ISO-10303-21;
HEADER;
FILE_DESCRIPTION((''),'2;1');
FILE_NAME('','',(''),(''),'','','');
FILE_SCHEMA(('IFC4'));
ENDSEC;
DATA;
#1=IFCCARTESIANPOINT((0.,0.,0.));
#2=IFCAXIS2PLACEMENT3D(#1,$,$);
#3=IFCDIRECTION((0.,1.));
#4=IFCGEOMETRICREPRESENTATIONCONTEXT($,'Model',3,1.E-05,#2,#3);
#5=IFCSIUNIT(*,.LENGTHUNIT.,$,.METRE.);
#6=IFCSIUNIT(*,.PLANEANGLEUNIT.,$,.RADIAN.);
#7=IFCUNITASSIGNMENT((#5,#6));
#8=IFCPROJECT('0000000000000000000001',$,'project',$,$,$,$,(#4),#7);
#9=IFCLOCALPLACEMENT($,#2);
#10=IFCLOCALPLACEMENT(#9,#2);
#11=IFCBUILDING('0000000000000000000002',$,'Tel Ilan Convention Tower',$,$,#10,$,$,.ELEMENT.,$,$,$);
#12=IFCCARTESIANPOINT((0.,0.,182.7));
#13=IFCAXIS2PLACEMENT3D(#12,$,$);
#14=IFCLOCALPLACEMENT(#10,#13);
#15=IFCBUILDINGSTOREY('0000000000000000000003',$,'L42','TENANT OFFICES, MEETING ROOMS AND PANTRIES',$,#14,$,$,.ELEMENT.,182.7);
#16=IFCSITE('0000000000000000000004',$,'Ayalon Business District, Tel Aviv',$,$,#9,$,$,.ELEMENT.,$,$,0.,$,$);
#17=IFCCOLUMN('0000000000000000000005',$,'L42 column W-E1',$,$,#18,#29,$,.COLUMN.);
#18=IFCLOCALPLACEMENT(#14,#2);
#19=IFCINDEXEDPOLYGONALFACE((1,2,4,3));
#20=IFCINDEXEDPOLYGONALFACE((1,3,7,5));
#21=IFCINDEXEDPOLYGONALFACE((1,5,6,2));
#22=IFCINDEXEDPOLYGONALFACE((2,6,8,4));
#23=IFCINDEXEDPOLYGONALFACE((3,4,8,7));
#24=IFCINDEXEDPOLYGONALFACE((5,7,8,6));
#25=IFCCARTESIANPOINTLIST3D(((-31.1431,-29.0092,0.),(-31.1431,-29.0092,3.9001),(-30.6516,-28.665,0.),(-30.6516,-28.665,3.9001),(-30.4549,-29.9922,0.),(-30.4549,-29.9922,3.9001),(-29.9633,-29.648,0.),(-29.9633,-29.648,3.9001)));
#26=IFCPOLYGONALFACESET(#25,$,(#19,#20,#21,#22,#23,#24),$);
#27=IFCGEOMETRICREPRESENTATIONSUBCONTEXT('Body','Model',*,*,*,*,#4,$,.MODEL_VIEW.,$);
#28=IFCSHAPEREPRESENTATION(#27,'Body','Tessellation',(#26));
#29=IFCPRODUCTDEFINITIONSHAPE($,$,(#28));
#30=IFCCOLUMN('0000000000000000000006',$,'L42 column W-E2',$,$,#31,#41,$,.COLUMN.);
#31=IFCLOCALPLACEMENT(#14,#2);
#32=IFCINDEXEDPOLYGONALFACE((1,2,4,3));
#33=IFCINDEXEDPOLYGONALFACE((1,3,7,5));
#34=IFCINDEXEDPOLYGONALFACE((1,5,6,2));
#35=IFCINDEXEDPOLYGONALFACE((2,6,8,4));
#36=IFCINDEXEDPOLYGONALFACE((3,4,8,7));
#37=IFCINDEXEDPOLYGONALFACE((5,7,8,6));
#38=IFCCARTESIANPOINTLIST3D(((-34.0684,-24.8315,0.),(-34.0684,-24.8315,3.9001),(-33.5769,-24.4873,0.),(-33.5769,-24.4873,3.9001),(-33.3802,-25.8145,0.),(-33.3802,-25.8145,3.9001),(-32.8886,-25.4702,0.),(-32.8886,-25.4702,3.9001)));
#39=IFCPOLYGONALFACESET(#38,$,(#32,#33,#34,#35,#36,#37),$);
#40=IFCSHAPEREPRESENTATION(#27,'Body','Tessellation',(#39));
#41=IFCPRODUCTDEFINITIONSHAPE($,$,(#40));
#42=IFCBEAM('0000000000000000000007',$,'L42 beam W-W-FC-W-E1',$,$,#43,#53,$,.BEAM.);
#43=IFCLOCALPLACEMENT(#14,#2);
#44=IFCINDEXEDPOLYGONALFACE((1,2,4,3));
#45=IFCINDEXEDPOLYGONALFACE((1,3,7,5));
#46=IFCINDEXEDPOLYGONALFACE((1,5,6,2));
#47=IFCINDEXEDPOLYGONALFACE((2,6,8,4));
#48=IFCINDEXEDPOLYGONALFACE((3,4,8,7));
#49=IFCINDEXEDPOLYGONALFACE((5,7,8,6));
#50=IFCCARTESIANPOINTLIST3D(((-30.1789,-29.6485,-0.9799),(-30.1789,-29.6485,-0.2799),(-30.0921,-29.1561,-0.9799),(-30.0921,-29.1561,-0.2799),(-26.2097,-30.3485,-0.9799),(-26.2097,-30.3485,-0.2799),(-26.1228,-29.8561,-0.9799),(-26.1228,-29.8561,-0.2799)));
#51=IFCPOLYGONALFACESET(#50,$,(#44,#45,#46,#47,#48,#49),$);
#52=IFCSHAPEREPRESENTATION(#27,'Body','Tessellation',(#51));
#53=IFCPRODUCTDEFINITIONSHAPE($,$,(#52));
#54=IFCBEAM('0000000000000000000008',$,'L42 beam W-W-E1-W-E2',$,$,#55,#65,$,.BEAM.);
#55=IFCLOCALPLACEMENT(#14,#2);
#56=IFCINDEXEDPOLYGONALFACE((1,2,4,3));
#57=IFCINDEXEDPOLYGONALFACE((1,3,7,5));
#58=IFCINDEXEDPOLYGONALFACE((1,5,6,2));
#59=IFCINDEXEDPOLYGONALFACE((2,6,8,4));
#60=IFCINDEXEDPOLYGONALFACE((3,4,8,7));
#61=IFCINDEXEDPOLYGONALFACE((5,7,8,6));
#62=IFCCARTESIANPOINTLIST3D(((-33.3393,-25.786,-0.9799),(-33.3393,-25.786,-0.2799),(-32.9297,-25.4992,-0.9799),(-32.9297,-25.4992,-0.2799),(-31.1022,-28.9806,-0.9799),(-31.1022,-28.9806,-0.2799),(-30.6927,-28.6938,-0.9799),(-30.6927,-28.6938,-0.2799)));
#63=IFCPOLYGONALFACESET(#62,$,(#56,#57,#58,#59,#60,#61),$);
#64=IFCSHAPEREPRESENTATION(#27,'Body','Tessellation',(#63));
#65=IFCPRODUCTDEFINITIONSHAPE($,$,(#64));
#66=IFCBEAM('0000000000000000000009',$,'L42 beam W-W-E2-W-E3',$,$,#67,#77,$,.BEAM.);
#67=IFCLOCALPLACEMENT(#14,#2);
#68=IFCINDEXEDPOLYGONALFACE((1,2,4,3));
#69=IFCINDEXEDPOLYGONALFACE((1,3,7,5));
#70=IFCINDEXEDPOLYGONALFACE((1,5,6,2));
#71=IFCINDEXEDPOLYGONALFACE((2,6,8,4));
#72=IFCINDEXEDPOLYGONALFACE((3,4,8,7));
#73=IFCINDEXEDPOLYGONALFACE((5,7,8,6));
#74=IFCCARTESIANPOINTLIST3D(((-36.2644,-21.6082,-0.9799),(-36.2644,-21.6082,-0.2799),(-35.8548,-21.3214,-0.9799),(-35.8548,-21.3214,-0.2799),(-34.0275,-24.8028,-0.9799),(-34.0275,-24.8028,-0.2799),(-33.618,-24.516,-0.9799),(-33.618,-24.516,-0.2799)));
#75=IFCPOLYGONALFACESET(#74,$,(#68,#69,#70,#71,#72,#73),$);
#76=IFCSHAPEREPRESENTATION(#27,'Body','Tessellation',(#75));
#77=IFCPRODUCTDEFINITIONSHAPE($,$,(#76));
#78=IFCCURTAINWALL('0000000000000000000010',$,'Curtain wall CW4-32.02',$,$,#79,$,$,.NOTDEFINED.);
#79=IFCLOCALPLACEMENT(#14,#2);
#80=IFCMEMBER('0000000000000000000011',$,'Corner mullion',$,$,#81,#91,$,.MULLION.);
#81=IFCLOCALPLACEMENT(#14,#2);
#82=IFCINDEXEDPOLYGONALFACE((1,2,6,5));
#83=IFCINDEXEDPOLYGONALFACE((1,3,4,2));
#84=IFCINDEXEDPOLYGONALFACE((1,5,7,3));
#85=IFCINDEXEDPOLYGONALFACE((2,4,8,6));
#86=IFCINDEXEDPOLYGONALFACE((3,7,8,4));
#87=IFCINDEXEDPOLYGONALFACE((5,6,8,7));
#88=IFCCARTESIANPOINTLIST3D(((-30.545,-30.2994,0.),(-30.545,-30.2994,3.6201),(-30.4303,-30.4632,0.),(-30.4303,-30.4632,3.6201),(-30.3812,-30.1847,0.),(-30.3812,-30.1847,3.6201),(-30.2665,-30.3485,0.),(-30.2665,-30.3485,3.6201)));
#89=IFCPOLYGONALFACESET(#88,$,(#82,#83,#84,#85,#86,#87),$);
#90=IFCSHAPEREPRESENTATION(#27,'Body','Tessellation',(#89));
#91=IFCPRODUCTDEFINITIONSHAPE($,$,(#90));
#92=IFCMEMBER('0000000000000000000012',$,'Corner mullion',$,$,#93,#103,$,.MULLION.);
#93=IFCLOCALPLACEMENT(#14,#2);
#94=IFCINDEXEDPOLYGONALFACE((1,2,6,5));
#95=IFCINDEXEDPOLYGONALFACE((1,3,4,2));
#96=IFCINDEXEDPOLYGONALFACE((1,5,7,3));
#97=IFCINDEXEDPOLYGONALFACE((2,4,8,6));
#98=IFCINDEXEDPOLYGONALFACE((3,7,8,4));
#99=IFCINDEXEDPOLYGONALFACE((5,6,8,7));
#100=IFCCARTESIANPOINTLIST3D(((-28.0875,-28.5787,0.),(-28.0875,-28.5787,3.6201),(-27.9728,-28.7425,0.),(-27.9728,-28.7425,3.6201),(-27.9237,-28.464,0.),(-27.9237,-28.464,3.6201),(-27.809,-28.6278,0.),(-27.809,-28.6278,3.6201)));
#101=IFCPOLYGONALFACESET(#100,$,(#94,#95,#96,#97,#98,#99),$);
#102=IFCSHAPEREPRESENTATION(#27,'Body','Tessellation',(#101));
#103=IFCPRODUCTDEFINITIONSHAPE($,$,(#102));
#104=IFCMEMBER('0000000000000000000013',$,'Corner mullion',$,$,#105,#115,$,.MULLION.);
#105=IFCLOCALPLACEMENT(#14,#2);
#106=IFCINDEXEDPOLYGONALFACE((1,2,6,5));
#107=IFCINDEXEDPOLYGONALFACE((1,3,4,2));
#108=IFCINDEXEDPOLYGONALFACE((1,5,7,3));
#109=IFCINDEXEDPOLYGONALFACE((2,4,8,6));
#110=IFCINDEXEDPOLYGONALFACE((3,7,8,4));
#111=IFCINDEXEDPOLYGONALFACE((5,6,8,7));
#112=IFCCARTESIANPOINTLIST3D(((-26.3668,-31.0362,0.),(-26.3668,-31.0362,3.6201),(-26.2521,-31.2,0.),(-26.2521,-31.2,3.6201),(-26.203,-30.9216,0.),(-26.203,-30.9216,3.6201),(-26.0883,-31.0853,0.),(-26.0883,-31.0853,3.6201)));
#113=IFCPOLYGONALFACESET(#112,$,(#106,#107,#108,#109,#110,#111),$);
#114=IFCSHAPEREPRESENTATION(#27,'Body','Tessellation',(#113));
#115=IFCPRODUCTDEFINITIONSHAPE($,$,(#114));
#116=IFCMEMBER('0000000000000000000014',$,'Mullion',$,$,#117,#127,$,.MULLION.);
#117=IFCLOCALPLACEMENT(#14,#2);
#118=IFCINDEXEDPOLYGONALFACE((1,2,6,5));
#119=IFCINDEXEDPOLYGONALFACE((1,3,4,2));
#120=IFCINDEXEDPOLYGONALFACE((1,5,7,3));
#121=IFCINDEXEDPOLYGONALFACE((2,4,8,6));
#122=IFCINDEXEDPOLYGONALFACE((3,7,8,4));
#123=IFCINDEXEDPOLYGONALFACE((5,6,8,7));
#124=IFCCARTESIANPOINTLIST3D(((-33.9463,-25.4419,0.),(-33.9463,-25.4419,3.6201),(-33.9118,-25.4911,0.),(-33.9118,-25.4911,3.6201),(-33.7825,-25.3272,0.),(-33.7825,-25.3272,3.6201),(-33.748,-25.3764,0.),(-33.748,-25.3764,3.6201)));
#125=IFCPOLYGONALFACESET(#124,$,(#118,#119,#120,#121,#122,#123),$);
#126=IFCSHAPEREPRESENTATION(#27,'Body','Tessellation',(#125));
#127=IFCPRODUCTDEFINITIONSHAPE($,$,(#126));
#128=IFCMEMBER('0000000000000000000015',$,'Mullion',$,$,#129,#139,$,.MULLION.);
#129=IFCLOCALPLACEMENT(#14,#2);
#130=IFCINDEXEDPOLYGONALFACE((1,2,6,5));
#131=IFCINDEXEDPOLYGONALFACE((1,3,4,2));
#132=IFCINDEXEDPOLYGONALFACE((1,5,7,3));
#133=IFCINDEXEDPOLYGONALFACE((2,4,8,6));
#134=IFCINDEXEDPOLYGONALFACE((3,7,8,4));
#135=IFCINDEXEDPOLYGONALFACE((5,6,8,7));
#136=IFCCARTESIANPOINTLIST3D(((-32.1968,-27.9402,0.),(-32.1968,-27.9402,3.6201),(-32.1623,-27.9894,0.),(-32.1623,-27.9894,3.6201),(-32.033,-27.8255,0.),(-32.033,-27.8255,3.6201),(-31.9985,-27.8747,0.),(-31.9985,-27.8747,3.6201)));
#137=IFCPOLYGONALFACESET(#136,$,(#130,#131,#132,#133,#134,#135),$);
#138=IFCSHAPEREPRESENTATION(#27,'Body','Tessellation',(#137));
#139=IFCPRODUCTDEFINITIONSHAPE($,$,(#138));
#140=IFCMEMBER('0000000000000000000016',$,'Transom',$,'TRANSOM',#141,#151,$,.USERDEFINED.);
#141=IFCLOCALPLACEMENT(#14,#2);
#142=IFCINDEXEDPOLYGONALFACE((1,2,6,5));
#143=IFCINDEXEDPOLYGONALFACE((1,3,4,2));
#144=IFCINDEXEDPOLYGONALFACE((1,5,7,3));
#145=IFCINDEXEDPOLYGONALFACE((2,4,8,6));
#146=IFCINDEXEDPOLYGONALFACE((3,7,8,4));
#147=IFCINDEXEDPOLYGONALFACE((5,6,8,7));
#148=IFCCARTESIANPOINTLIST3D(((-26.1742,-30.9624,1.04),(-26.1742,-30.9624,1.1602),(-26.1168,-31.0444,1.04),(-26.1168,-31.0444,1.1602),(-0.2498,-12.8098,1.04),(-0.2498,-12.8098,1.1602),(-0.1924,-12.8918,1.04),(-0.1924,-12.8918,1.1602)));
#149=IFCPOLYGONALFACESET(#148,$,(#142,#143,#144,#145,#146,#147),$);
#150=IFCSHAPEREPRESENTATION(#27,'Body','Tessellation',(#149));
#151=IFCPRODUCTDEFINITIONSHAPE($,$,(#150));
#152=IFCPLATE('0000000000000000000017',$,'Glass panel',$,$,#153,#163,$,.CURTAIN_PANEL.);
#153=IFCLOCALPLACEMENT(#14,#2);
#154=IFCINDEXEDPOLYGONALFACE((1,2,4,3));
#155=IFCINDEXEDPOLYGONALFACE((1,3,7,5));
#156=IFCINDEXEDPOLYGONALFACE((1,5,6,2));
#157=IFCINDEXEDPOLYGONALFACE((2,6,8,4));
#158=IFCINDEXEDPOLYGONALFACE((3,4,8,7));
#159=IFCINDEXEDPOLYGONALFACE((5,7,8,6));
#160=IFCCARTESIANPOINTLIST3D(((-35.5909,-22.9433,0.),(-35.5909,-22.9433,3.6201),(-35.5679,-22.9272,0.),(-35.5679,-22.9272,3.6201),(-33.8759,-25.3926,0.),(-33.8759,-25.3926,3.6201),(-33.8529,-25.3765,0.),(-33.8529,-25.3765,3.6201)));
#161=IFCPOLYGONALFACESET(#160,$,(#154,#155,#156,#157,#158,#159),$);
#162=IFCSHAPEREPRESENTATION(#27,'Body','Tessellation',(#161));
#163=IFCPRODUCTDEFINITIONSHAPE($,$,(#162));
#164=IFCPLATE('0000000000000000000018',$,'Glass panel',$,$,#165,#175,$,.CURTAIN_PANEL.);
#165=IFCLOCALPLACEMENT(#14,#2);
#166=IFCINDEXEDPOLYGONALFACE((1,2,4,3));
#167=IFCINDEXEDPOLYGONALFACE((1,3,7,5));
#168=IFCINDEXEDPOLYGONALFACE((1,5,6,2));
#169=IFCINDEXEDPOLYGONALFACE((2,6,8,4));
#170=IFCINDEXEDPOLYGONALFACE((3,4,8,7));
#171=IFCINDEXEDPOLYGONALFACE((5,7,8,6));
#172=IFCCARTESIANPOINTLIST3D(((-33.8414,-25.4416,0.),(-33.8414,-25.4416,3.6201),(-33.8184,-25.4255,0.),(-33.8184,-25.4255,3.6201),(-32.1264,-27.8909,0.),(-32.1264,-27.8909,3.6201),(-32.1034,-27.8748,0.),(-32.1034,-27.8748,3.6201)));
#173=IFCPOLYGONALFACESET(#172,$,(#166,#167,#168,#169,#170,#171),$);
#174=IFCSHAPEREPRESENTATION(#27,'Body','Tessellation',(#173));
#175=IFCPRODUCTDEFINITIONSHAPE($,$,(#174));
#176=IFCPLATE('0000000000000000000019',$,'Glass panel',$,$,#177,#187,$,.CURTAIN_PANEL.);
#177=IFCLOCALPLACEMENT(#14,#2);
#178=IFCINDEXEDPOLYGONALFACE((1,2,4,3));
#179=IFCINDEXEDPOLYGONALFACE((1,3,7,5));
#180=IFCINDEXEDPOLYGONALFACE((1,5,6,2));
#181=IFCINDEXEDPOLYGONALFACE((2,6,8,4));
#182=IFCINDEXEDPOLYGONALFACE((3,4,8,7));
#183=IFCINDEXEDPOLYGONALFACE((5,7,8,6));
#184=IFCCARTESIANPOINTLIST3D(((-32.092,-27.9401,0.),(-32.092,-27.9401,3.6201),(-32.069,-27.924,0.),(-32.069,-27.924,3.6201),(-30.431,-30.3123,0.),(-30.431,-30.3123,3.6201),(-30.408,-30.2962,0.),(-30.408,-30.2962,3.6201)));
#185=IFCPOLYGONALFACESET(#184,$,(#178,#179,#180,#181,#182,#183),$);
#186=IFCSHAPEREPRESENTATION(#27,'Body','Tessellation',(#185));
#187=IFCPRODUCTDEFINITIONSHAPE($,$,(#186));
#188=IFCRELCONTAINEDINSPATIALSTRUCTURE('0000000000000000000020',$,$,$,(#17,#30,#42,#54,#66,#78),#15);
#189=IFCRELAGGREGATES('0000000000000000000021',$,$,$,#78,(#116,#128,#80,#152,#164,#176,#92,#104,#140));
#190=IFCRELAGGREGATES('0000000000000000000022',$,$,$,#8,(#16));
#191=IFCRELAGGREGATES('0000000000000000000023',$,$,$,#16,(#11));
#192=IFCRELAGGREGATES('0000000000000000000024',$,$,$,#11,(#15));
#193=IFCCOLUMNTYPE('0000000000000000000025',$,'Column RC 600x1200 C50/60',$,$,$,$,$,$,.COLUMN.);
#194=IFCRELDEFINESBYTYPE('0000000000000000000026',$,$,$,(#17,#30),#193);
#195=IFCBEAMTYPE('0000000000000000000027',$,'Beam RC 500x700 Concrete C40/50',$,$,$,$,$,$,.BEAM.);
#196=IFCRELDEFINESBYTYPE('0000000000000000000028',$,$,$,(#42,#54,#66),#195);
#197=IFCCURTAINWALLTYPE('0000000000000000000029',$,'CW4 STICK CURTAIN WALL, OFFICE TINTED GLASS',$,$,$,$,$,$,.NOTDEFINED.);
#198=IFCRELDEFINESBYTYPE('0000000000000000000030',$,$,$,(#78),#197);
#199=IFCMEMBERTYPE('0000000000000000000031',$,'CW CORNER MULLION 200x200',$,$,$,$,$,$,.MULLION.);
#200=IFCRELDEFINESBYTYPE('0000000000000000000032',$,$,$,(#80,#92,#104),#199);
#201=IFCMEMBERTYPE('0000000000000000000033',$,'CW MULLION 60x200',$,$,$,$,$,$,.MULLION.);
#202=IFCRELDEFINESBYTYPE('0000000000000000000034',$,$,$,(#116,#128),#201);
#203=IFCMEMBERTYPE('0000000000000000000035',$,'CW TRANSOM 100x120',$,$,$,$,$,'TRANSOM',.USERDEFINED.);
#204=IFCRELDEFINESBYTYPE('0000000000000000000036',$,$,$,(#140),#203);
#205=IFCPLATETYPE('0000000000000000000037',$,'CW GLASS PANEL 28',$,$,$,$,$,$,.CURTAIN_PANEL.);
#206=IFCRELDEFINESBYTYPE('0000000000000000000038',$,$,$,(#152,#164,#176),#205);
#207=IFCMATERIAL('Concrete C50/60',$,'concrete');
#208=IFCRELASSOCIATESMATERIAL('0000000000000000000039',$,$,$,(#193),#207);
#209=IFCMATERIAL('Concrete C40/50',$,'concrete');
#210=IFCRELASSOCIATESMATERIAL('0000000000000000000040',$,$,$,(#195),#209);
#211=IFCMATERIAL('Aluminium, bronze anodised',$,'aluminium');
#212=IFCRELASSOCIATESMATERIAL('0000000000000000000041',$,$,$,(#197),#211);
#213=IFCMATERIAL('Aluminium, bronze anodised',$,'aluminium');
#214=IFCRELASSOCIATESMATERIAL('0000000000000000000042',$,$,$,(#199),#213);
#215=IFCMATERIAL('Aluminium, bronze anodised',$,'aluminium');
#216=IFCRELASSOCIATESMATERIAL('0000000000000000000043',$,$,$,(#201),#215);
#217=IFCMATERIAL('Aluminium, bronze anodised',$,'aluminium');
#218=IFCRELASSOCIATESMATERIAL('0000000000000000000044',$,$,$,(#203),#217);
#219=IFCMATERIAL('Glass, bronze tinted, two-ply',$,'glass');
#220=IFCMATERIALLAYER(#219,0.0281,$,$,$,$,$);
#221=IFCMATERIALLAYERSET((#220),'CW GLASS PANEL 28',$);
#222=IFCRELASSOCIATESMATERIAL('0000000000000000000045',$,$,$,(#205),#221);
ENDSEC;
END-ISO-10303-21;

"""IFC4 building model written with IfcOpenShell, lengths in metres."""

from ifc_helpers import new_model, si_unit, direction, frame, origin, origin_2d, place, context, subcontext, project, spatial, rectangle, extrude, material, layer, layer_set, material_profile, profile_set, type_object, element, aggregate, save


model = new_model("IFC4")

# Units and contexts
model_context = context("Model", 3, precision=1e-05, world=origin(), true_north=direction((0.0, 1.0)))
body_context = subcontext(model_context, "Body", "Model", "MODEL_VIEW")
ifc_project = project(units=[si_unit("LENGTHUNIT", "METRE"), si_unit("PLANEANGLEUNIT", "RADIAN")], contexts=[model_context])

# Site, building, storey
site_placement = place(None, origin())
site = spatial("IfcSite", under=ifc_project, at=site_placement, Name="Ayalon Business District, Tel Aviv", CompositionType="ELEMENT", RefElevation=0.0)
building_placement = place(site_placement, origin())
building = spatial("IfcBuilding", under=site, at=building_placement, Name="Tel Ilan Convention Tower", CompositionType="ELEMENT")
storey_placement = place(building_placement, frame((0.0, 0.0, 182.7)))
storey = spatial("IfcBuildingStorey", under=building, at=storey_placement, Name="L42", Description="TENANT OFFICES, MEETING ROOMS AND PANTRIES", CompositionType="ELEMENT", Elevation=182.7)

# Columns
ifc_material_1 = material(Name="Concrete C50/60", Category="concrete")
ifc_material_profile_1 = material_profile(ifc_material_1, rectangle(XDim=1.2, YDim=0.6001, at=origin_2d()), Name="RC 600x1200")
ifc_profile_set_1 = profile_set([ifc_material_profile_1], Name="Concrete C50/60")
column_type = type_object("IfcColumnType", Name="Column RC 600x1200 C50/60", PredefinedType="COLUMN", material=ifc_profile_set_1)
for number, where, z_axis, x_axis, name in (
    (1, (-30.5532, -29.3286, 0.0), (0.0, 0.0, 1.0), (-0.573576, 0.819152, 0.0), "L42 column W-E1"),
    (2, (-33.4785, -25.1509, 0.0), (0.0, 0.0, 1.0), (-0.573576, 0.819152, 0.0), "L42 column W-E2"),
):
    element("IfcColumn", number, at=place(storey_placement, frame(where, z_axis=z_axis, x_axis=x_axis)), inside=storey, type_object=column_type, Name=name, PredefinedType="COLUMN", context=body_context, shape_type="SweptSolid", body=[
        extrude(rectangle(XDim=1.2, YDim=0.6001, at=origin_2d()), origin(), (0.0, 0.0, 1.0), 3.9001),
    ])

# Beams
ifc_material_2 = material(Name="Concrete C40/50", Category="concrete")
ifc_material_profile_2 = material_profile(ifc_material_2, rectangle(XDim=0.5, YDim=0.7, at=origin_2d()), Name="RC 500x700")
ifc_profile_set_2 = profile_set([ifc_material_profile_2], Name="Concrete C40/50")
beam_type = type_object("IfcBeamType", Name="Beam RC 500x700 Concrete C40/50", PredefinedType="BEAM", material=ifc_profile_set_2)
beam_placement = place(storey_placement, frame((-26.1663, -30.1023, -0.6299), z_axis=(-0.984805, 0.173664, 0.0), x_axis=(-0.173664, -0.984805, 0.0)))
element("IfcBeam", 3, at=beam_placement, inside=storey, type_object=beam_type, Name="L42 beam W-W-FC-W-E1", PredefinedType="BEAM", context=body_context, shape_type="SweptSolid", body=[
    extrude(rectangle(XDim=0.5, YDim=0.7, at=origin_2d()), origin(), (0.0, 0.0, 1.0), 4.0305),
])
for number, where, z_axis, x_axis, name in (
    (4, (-30.8975, -28.8372, -0.6299), (-0.573609, 0.819129, 0.0), (-0.819129, -0.573609, 0.0), "L42 beam W-W-E1-W-E2"),
    (5, (-33.8228, -24.6594, -0.6299), (-0.573567, 0.819158, 0.0), (-0.819158, -0.573567, 0.0), "L42 beam W-W-E2-W-E3"),
):
    element("IfcBeam", number, at=place(storey_placement, frame(where, z_axis=z_axis, x_axis=x_axis)), inside=storey, type_object=beam_type, Name=name, PredefinedType="BEAM", context=body_context, shape_type="SweptSolid", body=[
        extrude(rectangle(XDim=0.5, YDim=0.7, at=origin_2d()), origin(), (0.0, 0.0, 1.0), 3.8999),
    ])

# Curtain wall, members, plates
ifc_material_3 = material(Name="Aluminium, bronze anodised", Category="aluminium")
curtain_wall_type = type_object("IfcCurtainWallType", Name="CW4 STICK CURTAIN WALL, OFFICE TINTED GLASS", PredefinedType="NOTDEFINED", material=ifc_material_3)
curtain_wall_placement = place(storey_placement, origin())
curtain_wall = element("IfcCurtainWall", 6, at=curtain_wall_placement, inside=storey, type_object=curtain_wall_type, Name="Curtain wall CW4-32.02", PredefinedType="NOTDEFINED")
ifc_material_4 = material(Name="Aluminium, bronze anodised", Category="aluminium")
ifc_material_profile_3 = material_profile(ifc_material_4, rectangle(XDim=0.2, YDim=0.2, at=origin_2d()), Name="CW CORNER MULLION 200x200")
ifc_profile_set_3 = profile_set([ifc_material_profile_3], Name="Aluminium, bronze anodised")
member_type_1 = type_object("IfcMemberType", Name="CW CORNER MULLION 200x200", PredefinedType="MULLION", material=ifc_profile_set_3)
member_1_placement = place(storey_placement, frame((-30.4058, -30.324, 0.0), z_axis=(0.0, 0.0, 1.0), x_axis=(0.573576, -0.819152, 0.0)))
member_1 = element("IfcMember", 7, at=member_1_placement, type_object=member_type_1, Name="Corner mullion", PredefinedType="MULLION", context=body_context, shape_type="SweptSolid", body=[
    extrude(rectangle(XDim=0.2, YDim=0.2, at=origin_2d()), origin(), (0.0, 0.0, 1.0), 3.6201),
])
member_2_placement = place(storey_placement, frame((-27.9482, -28.6033, 0.0), z_axis=(0.0, 0.0, 1.0), x_axis=(0.819152, 0.573576, 0.0)))
member_2 = element("IfcMember", 8, at=member_2_placement, type_object=member_type_1, Name="Corner mullion", PredefinedType="MULLION", context=body_context, shape_type="SweptSolid", body=[
    extrude(rectangle(XDim=0.2, YDim=0.2, at=origin_2d()), origin(), (0.0, 0.0, 1.0), 3.6201),
])
member_3_placement = place(storey_placement, frame((-26.2275, -31.0608, 0.0), z_axis=(0.0, 0.0, 1.0), x_axis=(0.573576, -0.819152, 0.0)))
member_3 = element("IfcMember", 9, at=member_3_placement, type_object=member_type_1, Name="Corner mullion", PredefinedType="MULLION", context=body_context, shape_type="SweptSolid", body=[
    extrude(rectangle(XDim=0.2, YDim=0.2, at=origin_2d()), origin(), (0.0, 0.0, 1.0), 3.6201),
])
ifc_material_5 = material(Name="Aluminium, bronze anodised", Category="aluminium")
ifc_material_profile_4 = material_profile(ifc_material_5, rectangle(XDim=0.0601, YDim=0.2, at=origin_2d()), Name="CW MULLION 60x200")
ifc_profile_set_4 = profile_set([ifc_material_profile_4], Name="Aluminium, bronze anodised")
member_type_2 = type_object("IfcMemberType", Name="CW MULLION 60x200", PredefinedType="MULLION", material=ifc_profile_set_4)
member_4_placement = place(storey_placement, frame((-33.8472, -25.4092, 0.0), z_axis=(0.0, 0.0, 1.0), x_axis=(0.573576, -0.819152, 0.0)))
member_4 = element("IfcMember", 10, at=member_4_placement, type_object=member_type_2, Name="Mullion", PredefinedType="MULLION", context=body_context, shape_type="SweptSolid", body=[
    extrude(rectangle(XDim=0.0601, YDim=0.2, at=origin_2d()), origin(), (0.0, 0.0, 1.0), 3.6201),
])
member_5_placement = place(storey_placement, frame((-32.0977, -27.9075, 0.0), z_axis=(0.0, 0.0, 1.0), x_axis=(0.573576, -0.819152, 0.0)))
member_5 = element("IfcMember", 11, at=member_5_placement, type_object=member_type_2, Name="Mullion", PredefinedType="MULLION", context=body_context, shape_type="SweptSolid", body=[
    extrude(rectangle(XDim=0.0601, YDim=0.2, at=origin_2d()), origin(), (0.0, 0.0, 1.0), 3.6201),
])
ifc_material_6 = material(Name="Aluminium, bronze anodised", Category="aluminium")
ifc_material_profile_5 = material_profile(ifc_material_6, rectangle(XDim=0.1001, YDim=0.1201, at=origin_2d()), Name="CW TRANSOM 100x120")
ifc_profile_set_5 = profile_set([ifc_material_profile_5], Name="Aluminium, bronze anodised")
member_type_3 = type_object("IfcMemberType", Name="CW TRANSOM 100x120", ElementType="TRANSOM", PredefinedType="USERDEFINED", material=ifc_profile_set_5)
member_6_placement = place(storey_placement, frame((-26.1455, -31.0034, 1.1001), z_axis=(0.819149, 0.57358, 0.0), x_axis=(-0.57358, 0.819149, 0.0)))
member_6 = element("IfcMember", 12, at=member_6_placement, type_object=member_type_3, Name="Transom", ObjectType="TRANSOM", PredefinedType="USERDEFINED", context=body_context, shape_type="SweptSolid", body=[
    extrude(rectangle(XDim=0.1001, YDim=0.1201, at=origin_2d()), origin(), (0.0, 0.0, 1.0), 31.6479),
])
ifc_material_7 = material(Name="Glass, bronze tinted, two-ply", Category="glass")
ifc_layer_1 = layer(ifc_material_7, 0.0281)
ifc_layer_set_1 = layer_set([ifc_layer_1], Name="CW GLASS PANEL 28")
plate_type = type_object("IfcPlateType", Name="CW GLASS PANEL 28", PredefinedType="CURTAIN_PANEL", material=ifc_layer_set_1)
plate_1_placement = place(storey_placement, frame((-34.7219, -24.1599, 0.0), z_axis=(0.0, 0.0, 1.0), x_axis=(0.573576, -0.819152, 0.0)))
plate_1 = element("IfcPlate", 13, at=plate_1_placement, type_object=plate_type, Name="Glass panel", PredefinedType="CURTAIN_PANEL", context=body_context, shape_type="SweptSolid", body=[
    extrude(rectangle(XDim=2.99, YDim=0.0281, at=origin_2d()), origin(), (0.0, 0.0, 1.0), 3.6201),
])
plate_2_placement = place(storey_placement, frame((-32.9724, -26.6582, 0.0), z_axis=(0.0, 0.0, 1.0), x_axis=(0.573576, -0.819152, 0.0)))
plate_2 = element("IfcPlate", 14, at=plate_2_placement, type_object=plate_type, Name="Glass panel", PredefinedType="CURTAIN_PANEL", context=body_context, shape_type="SweptSolid", body=[
    extrude(rectangle(XDim=2.99, YDim=0.0281, at=origin_2d()), origin(), (0.0, 0.0, 1.0), 3.6201),
])
plate_3_placement = place(storey_placement, frame((-31.25, -29.1182, 0.0), z_axis=(0.0, 0.0, 1.0), x_axis=(0.573576, -0.819152, 0.0)))
plate_3 = element("IfcPlate", 15, at=plate_3_placement, type_object=plate_type, Name="Glass panel", PredefinedType="CURTAIN_PANEL", context=body_context, shape_type="SweptSolid", body=[
    extrude(rectangle(XDim=2.896, YDim=0.0281, at=origin_2d()), origin(), (0.0, 0.0, 1.0), 3.6201),
])
aggregate(curtain_wall, [member_4, member_5, member_1, plate_1, plate_2, plate_3, member_2, member_3, member_6])

save(model, "model.ifc")
